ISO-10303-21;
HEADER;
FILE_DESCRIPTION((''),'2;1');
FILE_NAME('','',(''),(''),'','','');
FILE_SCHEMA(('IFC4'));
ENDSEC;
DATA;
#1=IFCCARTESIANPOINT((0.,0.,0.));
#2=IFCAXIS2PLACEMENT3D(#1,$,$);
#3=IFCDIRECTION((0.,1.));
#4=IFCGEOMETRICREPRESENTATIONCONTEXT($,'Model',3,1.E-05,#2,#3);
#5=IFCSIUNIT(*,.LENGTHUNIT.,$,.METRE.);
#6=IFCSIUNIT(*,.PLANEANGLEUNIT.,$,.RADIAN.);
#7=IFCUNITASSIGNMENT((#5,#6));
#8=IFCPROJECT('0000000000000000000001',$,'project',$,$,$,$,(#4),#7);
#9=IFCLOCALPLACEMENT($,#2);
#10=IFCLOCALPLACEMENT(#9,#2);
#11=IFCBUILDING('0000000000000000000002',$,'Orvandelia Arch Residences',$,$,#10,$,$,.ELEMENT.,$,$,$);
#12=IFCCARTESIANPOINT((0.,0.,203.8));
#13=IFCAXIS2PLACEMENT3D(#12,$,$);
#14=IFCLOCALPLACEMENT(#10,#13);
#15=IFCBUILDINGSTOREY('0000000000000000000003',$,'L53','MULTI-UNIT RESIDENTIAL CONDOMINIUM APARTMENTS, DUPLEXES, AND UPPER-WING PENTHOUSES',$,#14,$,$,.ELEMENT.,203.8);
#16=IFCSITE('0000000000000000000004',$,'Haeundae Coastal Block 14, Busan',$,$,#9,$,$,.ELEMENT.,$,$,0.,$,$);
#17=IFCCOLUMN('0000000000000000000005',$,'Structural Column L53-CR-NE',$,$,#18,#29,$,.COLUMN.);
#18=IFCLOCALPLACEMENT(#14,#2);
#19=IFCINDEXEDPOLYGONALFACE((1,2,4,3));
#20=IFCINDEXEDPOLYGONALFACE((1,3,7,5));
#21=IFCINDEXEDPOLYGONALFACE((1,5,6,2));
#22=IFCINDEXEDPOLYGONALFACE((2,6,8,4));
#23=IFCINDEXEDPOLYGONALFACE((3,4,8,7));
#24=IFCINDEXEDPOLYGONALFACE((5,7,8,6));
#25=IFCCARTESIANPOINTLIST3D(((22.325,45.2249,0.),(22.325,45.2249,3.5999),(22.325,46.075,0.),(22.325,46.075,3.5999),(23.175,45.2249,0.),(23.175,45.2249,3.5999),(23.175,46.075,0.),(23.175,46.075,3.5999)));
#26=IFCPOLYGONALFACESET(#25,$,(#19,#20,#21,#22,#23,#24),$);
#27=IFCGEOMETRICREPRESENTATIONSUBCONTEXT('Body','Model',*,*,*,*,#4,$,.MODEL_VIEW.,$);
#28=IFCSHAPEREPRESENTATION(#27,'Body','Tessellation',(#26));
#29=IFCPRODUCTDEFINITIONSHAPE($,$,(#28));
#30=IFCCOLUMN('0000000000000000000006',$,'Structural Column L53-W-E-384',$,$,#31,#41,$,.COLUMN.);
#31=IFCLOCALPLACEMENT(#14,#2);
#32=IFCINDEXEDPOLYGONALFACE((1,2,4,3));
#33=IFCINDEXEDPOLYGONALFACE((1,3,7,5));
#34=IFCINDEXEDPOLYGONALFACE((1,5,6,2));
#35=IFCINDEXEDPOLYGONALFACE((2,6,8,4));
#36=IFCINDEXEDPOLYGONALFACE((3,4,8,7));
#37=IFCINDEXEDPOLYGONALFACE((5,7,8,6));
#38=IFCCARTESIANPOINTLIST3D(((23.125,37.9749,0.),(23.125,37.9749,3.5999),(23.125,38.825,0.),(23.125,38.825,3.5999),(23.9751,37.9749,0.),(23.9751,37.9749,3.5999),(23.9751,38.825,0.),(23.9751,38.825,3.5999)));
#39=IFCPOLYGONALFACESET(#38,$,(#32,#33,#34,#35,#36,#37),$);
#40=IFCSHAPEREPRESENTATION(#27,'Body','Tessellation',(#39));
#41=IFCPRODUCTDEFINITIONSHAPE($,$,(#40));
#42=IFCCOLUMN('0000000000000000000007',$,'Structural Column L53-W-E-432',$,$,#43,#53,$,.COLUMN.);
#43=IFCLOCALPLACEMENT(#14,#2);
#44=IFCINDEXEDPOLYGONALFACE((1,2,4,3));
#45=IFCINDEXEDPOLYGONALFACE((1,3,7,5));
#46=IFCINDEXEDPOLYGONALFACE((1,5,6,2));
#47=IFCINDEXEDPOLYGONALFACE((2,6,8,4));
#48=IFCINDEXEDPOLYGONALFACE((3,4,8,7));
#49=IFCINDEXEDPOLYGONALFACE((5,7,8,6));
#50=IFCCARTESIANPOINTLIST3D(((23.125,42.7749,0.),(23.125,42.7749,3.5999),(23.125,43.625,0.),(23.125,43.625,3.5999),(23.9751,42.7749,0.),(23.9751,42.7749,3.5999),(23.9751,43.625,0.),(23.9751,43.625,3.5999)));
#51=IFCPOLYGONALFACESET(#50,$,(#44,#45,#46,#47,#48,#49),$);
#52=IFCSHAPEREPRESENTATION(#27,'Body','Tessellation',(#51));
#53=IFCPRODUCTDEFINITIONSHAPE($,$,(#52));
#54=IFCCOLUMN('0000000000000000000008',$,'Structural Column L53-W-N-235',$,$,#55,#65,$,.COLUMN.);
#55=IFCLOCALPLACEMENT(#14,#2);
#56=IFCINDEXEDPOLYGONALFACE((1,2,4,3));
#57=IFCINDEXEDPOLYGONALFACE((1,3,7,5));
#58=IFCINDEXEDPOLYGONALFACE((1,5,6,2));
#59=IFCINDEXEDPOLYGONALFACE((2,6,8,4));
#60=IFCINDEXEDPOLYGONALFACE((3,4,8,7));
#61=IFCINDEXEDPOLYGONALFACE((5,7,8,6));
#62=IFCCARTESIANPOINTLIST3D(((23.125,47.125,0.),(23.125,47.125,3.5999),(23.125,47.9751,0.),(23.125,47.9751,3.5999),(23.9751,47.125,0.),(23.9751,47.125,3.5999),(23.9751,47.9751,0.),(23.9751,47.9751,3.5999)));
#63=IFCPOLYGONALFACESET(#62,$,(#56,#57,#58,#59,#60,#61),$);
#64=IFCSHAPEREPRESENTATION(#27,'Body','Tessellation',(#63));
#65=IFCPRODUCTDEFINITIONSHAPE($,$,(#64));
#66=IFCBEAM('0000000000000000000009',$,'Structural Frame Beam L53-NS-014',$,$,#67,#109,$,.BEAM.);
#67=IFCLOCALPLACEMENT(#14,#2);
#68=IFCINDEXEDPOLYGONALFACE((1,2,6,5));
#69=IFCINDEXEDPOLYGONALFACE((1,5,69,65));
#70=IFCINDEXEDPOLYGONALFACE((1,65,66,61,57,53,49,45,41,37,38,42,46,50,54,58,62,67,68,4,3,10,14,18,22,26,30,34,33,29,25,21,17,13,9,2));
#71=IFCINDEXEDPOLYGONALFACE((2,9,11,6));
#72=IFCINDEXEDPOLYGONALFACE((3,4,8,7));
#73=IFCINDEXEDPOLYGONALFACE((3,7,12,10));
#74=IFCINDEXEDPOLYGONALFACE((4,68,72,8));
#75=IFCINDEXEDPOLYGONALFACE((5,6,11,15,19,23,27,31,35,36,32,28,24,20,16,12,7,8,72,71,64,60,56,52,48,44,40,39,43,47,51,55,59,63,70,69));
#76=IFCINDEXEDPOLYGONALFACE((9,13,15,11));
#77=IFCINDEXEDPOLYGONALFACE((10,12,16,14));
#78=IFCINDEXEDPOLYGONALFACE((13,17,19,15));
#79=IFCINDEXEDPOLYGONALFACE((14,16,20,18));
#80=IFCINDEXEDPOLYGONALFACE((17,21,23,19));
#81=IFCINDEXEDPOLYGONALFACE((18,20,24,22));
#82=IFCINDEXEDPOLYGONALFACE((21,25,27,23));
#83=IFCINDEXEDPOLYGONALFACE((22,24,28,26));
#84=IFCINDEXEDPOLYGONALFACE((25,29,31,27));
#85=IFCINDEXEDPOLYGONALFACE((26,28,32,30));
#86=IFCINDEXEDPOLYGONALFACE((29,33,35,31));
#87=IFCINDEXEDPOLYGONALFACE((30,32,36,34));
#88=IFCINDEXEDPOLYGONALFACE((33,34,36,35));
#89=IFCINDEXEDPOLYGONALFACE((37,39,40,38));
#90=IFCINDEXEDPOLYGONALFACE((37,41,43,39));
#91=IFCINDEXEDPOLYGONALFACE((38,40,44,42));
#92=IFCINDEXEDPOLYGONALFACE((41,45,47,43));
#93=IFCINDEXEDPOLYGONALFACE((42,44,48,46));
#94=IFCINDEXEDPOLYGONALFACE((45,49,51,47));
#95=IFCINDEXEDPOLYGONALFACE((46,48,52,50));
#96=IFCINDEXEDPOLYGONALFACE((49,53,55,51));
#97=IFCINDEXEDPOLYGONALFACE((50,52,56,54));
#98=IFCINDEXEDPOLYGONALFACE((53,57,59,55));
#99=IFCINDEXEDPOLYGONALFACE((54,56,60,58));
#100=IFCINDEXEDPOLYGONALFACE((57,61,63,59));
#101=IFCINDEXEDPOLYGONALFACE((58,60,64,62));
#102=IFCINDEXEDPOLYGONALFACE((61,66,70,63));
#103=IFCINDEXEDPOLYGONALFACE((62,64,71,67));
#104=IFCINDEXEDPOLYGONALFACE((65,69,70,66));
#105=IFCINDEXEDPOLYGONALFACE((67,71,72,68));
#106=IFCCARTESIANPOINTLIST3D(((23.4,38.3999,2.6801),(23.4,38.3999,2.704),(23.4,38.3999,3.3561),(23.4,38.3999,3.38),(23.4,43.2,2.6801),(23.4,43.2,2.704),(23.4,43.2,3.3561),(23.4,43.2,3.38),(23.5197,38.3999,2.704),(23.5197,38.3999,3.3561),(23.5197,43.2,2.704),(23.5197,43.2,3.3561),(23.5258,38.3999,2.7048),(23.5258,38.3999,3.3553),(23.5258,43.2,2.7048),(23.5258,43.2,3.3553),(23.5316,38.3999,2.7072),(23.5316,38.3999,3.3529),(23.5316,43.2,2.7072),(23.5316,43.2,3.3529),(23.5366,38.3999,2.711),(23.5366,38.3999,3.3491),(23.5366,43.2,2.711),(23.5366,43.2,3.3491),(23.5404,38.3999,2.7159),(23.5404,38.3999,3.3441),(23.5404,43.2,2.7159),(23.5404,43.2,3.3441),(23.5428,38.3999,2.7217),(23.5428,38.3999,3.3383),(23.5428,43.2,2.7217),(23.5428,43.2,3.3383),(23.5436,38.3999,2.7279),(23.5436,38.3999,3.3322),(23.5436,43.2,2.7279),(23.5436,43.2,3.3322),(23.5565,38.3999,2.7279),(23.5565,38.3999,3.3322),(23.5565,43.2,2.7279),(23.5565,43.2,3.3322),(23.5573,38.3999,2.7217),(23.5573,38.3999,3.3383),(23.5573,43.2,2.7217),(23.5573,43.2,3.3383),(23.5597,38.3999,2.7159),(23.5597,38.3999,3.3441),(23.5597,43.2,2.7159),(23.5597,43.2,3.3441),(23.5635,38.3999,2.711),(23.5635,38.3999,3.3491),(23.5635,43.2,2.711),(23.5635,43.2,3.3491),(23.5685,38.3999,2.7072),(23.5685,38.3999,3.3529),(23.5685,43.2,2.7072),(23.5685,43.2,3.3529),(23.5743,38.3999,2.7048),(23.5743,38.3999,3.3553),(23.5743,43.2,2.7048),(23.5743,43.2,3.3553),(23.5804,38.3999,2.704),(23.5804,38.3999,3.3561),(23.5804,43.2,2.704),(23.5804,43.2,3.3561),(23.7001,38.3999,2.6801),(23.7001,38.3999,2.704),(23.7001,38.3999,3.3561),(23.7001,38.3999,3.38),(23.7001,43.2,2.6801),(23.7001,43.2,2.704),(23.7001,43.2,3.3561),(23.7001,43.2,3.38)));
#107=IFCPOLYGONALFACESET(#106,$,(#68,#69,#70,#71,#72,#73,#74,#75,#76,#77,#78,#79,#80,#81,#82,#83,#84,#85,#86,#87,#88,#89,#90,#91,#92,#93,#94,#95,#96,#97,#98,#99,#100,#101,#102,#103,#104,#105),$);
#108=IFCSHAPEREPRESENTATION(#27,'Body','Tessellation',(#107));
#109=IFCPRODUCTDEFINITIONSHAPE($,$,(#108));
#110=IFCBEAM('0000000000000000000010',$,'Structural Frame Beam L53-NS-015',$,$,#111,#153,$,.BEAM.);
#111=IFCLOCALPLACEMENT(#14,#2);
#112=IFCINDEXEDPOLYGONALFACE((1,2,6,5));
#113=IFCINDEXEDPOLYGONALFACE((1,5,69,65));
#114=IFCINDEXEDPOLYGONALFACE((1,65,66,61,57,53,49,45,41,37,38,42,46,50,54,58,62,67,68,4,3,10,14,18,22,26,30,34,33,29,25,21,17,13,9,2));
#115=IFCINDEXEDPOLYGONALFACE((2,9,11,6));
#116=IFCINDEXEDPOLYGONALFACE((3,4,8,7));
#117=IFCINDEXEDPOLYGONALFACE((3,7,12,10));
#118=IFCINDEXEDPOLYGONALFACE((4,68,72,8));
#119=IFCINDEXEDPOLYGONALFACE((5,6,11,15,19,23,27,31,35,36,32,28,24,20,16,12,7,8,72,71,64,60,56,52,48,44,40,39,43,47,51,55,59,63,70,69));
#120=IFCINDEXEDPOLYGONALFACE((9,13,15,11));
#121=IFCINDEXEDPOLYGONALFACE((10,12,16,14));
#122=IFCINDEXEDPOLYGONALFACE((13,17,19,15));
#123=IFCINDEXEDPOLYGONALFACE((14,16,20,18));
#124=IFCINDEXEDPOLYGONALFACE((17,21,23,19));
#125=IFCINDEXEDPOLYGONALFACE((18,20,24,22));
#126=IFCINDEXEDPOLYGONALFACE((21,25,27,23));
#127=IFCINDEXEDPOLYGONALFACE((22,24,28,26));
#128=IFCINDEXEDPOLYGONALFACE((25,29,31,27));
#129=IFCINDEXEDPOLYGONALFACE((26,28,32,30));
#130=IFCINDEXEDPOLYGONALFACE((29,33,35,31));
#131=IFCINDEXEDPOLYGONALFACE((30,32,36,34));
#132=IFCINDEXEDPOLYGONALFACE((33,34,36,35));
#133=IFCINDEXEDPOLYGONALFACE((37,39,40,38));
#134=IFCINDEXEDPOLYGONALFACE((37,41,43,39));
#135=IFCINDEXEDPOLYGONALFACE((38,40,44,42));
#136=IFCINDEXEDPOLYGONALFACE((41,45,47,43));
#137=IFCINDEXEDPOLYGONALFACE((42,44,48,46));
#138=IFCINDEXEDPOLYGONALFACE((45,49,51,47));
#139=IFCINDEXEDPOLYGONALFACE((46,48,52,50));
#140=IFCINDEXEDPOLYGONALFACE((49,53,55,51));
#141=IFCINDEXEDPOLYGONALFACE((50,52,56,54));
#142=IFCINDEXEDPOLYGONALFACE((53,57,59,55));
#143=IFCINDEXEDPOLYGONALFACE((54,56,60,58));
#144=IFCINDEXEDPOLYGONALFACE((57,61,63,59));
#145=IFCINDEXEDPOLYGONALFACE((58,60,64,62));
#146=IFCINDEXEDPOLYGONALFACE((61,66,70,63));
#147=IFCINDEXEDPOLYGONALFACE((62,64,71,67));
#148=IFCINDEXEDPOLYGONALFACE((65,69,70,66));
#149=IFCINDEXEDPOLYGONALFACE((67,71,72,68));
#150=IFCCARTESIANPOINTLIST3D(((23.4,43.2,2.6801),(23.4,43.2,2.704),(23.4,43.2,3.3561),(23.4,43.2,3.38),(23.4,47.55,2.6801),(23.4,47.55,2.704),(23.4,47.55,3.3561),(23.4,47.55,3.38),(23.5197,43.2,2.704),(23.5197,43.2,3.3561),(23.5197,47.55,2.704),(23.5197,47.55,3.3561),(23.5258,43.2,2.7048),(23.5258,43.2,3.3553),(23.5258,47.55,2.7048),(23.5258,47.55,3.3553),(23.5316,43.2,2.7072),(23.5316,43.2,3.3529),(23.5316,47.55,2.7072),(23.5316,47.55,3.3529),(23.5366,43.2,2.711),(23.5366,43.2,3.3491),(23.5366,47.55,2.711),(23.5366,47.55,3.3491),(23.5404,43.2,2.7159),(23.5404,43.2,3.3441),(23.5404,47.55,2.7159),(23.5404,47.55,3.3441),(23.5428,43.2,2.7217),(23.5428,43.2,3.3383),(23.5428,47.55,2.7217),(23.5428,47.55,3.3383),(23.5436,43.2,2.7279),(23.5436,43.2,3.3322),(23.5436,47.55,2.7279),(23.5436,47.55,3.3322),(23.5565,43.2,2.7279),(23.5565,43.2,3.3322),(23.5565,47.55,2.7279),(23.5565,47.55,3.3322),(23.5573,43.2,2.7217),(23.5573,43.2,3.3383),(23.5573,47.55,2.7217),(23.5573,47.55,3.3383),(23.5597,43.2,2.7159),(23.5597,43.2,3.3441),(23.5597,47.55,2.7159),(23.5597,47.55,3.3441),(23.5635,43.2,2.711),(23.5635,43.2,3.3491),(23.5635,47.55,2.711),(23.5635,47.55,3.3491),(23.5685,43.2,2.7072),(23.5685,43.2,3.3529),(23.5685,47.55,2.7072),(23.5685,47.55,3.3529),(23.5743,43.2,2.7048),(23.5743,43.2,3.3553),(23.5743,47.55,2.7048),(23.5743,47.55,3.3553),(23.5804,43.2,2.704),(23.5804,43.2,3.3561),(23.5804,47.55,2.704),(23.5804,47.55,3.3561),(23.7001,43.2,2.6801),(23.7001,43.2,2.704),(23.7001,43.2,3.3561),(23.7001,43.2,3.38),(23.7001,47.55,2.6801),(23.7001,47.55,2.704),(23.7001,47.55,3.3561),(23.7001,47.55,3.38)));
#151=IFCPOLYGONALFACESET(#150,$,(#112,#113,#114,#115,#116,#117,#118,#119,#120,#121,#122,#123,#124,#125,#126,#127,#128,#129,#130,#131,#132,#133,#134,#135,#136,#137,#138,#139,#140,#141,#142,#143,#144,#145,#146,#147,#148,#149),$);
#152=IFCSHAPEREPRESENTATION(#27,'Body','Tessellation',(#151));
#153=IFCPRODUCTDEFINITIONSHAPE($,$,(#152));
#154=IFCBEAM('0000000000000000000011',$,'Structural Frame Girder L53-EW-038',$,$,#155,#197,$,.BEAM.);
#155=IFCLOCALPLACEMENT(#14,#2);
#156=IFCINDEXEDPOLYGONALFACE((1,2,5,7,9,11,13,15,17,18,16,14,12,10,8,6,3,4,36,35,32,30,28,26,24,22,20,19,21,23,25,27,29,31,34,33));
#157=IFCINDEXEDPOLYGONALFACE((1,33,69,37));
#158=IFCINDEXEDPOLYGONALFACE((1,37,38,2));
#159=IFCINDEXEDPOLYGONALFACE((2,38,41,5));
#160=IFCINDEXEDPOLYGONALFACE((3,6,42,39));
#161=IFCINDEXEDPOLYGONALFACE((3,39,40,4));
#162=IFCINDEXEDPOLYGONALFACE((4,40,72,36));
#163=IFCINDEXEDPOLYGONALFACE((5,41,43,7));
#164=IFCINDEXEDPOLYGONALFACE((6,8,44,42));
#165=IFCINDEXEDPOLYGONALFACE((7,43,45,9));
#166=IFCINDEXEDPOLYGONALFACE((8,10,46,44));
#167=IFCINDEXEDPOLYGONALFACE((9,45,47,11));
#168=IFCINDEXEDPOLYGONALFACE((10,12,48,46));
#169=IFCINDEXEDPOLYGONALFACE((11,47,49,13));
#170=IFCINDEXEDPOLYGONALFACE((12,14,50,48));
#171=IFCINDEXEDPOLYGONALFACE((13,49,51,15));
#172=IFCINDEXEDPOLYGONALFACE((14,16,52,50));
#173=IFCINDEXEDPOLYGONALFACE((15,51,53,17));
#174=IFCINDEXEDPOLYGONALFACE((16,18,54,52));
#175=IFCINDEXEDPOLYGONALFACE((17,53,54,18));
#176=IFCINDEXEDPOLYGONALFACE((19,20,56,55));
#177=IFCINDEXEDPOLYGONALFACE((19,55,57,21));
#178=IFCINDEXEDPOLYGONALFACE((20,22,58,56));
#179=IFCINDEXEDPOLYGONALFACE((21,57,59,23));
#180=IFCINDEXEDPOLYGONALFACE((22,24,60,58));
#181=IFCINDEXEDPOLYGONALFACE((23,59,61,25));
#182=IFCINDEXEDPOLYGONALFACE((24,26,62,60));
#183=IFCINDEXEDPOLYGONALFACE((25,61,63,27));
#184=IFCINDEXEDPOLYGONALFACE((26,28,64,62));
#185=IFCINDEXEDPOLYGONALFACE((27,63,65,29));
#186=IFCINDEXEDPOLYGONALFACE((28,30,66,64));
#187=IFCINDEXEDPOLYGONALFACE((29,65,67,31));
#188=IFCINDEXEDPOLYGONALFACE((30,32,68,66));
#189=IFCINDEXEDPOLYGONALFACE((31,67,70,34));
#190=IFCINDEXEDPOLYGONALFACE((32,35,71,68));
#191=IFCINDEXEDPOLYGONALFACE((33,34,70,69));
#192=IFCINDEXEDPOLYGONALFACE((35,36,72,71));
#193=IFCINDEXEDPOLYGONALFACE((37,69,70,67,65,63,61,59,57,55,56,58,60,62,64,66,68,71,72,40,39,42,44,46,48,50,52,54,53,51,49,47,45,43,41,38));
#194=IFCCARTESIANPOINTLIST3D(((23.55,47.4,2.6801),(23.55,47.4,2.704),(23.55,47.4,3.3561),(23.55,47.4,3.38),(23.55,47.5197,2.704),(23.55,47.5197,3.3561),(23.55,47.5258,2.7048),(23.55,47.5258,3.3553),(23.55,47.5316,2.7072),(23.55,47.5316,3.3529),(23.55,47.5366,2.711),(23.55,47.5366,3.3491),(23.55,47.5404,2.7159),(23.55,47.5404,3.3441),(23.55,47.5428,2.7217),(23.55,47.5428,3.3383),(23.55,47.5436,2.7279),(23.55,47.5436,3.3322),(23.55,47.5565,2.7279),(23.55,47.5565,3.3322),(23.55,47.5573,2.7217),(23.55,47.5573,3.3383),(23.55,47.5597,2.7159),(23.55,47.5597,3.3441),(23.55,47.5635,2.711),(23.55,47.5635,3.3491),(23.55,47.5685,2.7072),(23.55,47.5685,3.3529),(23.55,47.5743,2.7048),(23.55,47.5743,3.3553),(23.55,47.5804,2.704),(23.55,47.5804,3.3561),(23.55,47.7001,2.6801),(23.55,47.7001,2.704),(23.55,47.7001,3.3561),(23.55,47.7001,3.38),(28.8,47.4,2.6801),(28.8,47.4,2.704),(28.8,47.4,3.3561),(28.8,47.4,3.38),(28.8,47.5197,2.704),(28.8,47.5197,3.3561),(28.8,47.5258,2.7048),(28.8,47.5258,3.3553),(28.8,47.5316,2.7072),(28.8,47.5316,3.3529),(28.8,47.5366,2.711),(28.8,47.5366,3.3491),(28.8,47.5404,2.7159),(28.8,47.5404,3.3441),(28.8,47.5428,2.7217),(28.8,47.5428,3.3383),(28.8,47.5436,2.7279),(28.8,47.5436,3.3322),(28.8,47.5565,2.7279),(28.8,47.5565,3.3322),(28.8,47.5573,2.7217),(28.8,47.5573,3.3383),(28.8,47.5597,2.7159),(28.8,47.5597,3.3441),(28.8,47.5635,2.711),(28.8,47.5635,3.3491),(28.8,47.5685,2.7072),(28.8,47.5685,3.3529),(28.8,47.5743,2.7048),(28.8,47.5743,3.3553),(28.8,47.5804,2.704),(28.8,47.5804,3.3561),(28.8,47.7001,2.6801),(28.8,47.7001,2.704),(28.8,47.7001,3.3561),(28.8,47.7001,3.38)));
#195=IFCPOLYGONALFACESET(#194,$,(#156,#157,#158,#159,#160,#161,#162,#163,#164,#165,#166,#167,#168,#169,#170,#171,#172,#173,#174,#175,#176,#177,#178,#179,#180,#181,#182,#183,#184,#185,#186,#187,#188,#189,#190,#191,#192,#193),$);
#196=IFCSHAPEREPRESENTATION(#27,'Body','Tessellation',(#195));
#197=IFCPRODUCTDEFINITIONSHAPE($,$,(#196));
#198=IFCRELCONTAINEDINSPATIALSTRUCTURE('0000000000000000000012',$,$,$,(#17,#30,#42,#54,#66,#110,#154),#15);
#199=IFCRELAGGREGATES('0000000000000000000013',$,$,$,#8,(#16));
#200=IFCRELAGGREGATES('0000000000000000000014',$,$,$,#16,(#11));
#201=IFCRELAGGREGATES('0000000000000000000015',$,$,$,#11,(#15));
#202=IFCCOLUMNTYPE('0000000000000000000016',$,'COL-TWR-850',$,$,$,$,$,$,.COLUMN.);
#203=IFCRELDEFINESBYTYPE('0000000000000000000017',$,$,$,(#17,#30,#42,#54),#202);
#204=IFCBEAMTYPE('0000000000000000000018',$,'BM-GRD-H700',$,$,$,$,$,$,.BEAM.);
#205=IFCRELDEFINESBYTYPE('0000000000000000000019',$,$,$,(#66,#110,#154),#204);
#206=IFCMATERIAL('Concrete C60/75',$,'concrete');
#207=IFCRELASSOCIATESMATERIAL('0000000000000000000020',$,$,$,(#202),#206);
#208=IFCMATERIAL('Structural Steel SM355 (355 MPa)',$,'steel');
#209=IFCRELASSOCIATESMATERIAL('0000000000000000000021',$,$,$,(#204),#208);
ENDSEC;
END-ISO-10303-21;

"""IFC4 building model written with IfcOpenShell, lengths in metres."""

from ifc_helpers import new_model, si_unit, direction, frame, origin, origin_2d, place, context, subcontext, project, spatial, rectangle, i_section, extrude, material, material_profile, profile_set, type_object, element, save


model = new_model("IFC4")

# Units and contexts
model_context = context("Model", 3, precision=1e-05, world=origin(), true_north=direction((0.0, 1.0)))
body_context = subcontext(model_context, "Body", "Model", "MODEL_VIEW")
ifc_project = project(units=[si_unit("LENGTHUNIT", "METRE"), si_unit("PLANEANGLEUNIT", "RADIAN")], contexts=[model_context])

# Site, building, storey
site_placement = place(None, origin())
site = spatial("IfcSite", under=ifc_project, at=site_placement, Name="Haeundae Coastal Block 14, Busan", CompositionType="ELEMENT", RefElevation=0.0)
building_placement = place(site_placement, origin())
building = spatial("IfcBuilding", under=site, at=building_placement, Name="Orvandelia Arch Residences", CompositionType="ELEMENT")
storey_placement = place(building_placement, frame((0.0, 0.0, 203.8)))
storey = spatial("IfcBuildingStorey", under=building, at=storey_placement, Name="L53", Description="MULTI-UNIT RESIDENTIAL CONDOMINIUM APARTMENTS, DUPLEXES, AND UPPER-WING PENTHOUSES", CompositionType="ELEMENT", Elevation=203.8)

# Columns
ifc_material_1 = material(Name="Concrete C60/75", Category="concrete")
ifc_material_profile_1 = material_profile(ifc_material_1, rectangle(XDim=0.8501, YDim=0.8501, at=origin_2d()), Name="Concrete C60/75", Category="concrete")
ifc_profile_set_1 = profile_set([ifc_material_profile_1], Name="Concrete C60/75")
column_type = type_object("IfcColumnType", Name="COL-TWR-850", PredefinedType="COLUMN", material=ifc_profile_set_1)
for number, where, z_axis, x_axis, name in (
    (1, (22.75, 45.6499, 0.0), (0.0, 0.0, 1.0), (1.0, 0.0, 0.0), "Structural Column L53-CR-NE"),
    (2, (23.55, 38.3999, 0.0), (0.0, 0.0, 1.0), (1.0, 0.0, 0.0), "Structural Column L53-W-E-384"),
    (3, (23.55, 43.2, 0.0), (0.0, 0.0, 1.0), (1.0, 0.0, 0.0), "Structural Column L53-W-E-432"),
    (4, (23.55, 47.55, 0.0), (0.0, 0.0, 1.0), (1.0, 0.0, 0.0), "Structural Column L53-W-N-235"),
):
    element("IfcColumn", number, at=place(storey_placement, frame(where, z_axis=z_axis, x_axis=x_axis)), inside=storey, type_object=column_type, Name=name, PredefinedType="COLUMN", context=body_context, shape_type="SweptSolid", body=[
        extrude(rectangle(XDim=0.8501, YDim=0.8501, at=origin_2d()), origin(), (0.0, 0.0, 1.0), 3.5999),
    ])

# Beams
ifc_material_2 = material(Name="Structural Steel SM355 (355 MPa)", Category="steel")
ifc_material_profile_2 = material_profile(ifc_material_2, i_section(OverallWidth=0.3, OverallDepth=0.7, WebThickness=0.0129, FlangeThickness=0.0239, FilletRadius=0.0239, at=origin_2d()), Name="Structural Steel SM355 (355 MPa)", Category="steel")
ifc_profile_set_2 = profile_set([ifc_material_profile_2], Name="Structural Steel SM355 (355 MPa)")
beam_type = type_object("IfcBeamType", Name="BM-GRD-H700", PredefinedType="BEAM", material=ifc_profile_set_2)
beam_1_placement = place(storey_placement, frame((23.55, 38.3999, 3.03), z_axis=(0.0, 1.0, 0.0), x_axis=(-1.0, 0.0, 0.0)))
element("IfcBeam", 5, at=beam_1_placement, inside=storey, type_object=beam_type, Name="Structural Frame Beam L53-NS-014", PredefinedType="BEAM", context=body_context, shape_type="SweptSolid", body=[
    extrude(i_section(OverallWidth=0.3, OverallDepth=0.7, WebThickness=0.0129, FlangeThickness=0.0239, FilletRadius=0.0239, at=origin_2d()), origin(), (0.0, 0.0, 1.0), 4.8),
])
beam_2_placement = place(storey_placement, frame((23.55, 43.2, 3.03), z_axis=(0.0, 1.0, 0.0), x_axis=(-1.0, 0.0, 0.0)))
element("IfcBeam", 6, at=beam_2_placement, inside=storey, type_object=beam_type, Name="Structural Frame Beam L53-NS-015", PredefinedType="BEAM", context=body_context, shape_type="SweptSolid", body=[
    extrude(i_section(OverallWidth=0.3, OverallDepth=0.7, WebThickness=0.0129, FlangeThickness=0.0239, FilletRadius=0.0239, at=origin_2d()), origin(), (0.0, 0.0, 1.0), 4.3501),
])
beam_3_placement = place(storey_placement, frame((23.55, 47.55, 3.03), z_axis=(1.0, 0.0, 0.0), x_axis=(0.0, 1.0, 0.0)))
element("IfcBeam", 7, at=beam_3_placement, inside=storey, type_object=beam_type, Name="Structural Frame Girder L53-EW-038", PredefinedType="BEAM", context=body_context, shape_type="SweptSolid", body=[
    extrude(i_section(OverallWidth=0.3, OverallDepth=0.7, WebThickness=0.0129, FlangeThickness=0.0239, FilletRadius=0.0239, at=origin_2d()), origin(), (0.0, 0.0, 1.0), 5.25),
])

save(model, "model.ifc")
